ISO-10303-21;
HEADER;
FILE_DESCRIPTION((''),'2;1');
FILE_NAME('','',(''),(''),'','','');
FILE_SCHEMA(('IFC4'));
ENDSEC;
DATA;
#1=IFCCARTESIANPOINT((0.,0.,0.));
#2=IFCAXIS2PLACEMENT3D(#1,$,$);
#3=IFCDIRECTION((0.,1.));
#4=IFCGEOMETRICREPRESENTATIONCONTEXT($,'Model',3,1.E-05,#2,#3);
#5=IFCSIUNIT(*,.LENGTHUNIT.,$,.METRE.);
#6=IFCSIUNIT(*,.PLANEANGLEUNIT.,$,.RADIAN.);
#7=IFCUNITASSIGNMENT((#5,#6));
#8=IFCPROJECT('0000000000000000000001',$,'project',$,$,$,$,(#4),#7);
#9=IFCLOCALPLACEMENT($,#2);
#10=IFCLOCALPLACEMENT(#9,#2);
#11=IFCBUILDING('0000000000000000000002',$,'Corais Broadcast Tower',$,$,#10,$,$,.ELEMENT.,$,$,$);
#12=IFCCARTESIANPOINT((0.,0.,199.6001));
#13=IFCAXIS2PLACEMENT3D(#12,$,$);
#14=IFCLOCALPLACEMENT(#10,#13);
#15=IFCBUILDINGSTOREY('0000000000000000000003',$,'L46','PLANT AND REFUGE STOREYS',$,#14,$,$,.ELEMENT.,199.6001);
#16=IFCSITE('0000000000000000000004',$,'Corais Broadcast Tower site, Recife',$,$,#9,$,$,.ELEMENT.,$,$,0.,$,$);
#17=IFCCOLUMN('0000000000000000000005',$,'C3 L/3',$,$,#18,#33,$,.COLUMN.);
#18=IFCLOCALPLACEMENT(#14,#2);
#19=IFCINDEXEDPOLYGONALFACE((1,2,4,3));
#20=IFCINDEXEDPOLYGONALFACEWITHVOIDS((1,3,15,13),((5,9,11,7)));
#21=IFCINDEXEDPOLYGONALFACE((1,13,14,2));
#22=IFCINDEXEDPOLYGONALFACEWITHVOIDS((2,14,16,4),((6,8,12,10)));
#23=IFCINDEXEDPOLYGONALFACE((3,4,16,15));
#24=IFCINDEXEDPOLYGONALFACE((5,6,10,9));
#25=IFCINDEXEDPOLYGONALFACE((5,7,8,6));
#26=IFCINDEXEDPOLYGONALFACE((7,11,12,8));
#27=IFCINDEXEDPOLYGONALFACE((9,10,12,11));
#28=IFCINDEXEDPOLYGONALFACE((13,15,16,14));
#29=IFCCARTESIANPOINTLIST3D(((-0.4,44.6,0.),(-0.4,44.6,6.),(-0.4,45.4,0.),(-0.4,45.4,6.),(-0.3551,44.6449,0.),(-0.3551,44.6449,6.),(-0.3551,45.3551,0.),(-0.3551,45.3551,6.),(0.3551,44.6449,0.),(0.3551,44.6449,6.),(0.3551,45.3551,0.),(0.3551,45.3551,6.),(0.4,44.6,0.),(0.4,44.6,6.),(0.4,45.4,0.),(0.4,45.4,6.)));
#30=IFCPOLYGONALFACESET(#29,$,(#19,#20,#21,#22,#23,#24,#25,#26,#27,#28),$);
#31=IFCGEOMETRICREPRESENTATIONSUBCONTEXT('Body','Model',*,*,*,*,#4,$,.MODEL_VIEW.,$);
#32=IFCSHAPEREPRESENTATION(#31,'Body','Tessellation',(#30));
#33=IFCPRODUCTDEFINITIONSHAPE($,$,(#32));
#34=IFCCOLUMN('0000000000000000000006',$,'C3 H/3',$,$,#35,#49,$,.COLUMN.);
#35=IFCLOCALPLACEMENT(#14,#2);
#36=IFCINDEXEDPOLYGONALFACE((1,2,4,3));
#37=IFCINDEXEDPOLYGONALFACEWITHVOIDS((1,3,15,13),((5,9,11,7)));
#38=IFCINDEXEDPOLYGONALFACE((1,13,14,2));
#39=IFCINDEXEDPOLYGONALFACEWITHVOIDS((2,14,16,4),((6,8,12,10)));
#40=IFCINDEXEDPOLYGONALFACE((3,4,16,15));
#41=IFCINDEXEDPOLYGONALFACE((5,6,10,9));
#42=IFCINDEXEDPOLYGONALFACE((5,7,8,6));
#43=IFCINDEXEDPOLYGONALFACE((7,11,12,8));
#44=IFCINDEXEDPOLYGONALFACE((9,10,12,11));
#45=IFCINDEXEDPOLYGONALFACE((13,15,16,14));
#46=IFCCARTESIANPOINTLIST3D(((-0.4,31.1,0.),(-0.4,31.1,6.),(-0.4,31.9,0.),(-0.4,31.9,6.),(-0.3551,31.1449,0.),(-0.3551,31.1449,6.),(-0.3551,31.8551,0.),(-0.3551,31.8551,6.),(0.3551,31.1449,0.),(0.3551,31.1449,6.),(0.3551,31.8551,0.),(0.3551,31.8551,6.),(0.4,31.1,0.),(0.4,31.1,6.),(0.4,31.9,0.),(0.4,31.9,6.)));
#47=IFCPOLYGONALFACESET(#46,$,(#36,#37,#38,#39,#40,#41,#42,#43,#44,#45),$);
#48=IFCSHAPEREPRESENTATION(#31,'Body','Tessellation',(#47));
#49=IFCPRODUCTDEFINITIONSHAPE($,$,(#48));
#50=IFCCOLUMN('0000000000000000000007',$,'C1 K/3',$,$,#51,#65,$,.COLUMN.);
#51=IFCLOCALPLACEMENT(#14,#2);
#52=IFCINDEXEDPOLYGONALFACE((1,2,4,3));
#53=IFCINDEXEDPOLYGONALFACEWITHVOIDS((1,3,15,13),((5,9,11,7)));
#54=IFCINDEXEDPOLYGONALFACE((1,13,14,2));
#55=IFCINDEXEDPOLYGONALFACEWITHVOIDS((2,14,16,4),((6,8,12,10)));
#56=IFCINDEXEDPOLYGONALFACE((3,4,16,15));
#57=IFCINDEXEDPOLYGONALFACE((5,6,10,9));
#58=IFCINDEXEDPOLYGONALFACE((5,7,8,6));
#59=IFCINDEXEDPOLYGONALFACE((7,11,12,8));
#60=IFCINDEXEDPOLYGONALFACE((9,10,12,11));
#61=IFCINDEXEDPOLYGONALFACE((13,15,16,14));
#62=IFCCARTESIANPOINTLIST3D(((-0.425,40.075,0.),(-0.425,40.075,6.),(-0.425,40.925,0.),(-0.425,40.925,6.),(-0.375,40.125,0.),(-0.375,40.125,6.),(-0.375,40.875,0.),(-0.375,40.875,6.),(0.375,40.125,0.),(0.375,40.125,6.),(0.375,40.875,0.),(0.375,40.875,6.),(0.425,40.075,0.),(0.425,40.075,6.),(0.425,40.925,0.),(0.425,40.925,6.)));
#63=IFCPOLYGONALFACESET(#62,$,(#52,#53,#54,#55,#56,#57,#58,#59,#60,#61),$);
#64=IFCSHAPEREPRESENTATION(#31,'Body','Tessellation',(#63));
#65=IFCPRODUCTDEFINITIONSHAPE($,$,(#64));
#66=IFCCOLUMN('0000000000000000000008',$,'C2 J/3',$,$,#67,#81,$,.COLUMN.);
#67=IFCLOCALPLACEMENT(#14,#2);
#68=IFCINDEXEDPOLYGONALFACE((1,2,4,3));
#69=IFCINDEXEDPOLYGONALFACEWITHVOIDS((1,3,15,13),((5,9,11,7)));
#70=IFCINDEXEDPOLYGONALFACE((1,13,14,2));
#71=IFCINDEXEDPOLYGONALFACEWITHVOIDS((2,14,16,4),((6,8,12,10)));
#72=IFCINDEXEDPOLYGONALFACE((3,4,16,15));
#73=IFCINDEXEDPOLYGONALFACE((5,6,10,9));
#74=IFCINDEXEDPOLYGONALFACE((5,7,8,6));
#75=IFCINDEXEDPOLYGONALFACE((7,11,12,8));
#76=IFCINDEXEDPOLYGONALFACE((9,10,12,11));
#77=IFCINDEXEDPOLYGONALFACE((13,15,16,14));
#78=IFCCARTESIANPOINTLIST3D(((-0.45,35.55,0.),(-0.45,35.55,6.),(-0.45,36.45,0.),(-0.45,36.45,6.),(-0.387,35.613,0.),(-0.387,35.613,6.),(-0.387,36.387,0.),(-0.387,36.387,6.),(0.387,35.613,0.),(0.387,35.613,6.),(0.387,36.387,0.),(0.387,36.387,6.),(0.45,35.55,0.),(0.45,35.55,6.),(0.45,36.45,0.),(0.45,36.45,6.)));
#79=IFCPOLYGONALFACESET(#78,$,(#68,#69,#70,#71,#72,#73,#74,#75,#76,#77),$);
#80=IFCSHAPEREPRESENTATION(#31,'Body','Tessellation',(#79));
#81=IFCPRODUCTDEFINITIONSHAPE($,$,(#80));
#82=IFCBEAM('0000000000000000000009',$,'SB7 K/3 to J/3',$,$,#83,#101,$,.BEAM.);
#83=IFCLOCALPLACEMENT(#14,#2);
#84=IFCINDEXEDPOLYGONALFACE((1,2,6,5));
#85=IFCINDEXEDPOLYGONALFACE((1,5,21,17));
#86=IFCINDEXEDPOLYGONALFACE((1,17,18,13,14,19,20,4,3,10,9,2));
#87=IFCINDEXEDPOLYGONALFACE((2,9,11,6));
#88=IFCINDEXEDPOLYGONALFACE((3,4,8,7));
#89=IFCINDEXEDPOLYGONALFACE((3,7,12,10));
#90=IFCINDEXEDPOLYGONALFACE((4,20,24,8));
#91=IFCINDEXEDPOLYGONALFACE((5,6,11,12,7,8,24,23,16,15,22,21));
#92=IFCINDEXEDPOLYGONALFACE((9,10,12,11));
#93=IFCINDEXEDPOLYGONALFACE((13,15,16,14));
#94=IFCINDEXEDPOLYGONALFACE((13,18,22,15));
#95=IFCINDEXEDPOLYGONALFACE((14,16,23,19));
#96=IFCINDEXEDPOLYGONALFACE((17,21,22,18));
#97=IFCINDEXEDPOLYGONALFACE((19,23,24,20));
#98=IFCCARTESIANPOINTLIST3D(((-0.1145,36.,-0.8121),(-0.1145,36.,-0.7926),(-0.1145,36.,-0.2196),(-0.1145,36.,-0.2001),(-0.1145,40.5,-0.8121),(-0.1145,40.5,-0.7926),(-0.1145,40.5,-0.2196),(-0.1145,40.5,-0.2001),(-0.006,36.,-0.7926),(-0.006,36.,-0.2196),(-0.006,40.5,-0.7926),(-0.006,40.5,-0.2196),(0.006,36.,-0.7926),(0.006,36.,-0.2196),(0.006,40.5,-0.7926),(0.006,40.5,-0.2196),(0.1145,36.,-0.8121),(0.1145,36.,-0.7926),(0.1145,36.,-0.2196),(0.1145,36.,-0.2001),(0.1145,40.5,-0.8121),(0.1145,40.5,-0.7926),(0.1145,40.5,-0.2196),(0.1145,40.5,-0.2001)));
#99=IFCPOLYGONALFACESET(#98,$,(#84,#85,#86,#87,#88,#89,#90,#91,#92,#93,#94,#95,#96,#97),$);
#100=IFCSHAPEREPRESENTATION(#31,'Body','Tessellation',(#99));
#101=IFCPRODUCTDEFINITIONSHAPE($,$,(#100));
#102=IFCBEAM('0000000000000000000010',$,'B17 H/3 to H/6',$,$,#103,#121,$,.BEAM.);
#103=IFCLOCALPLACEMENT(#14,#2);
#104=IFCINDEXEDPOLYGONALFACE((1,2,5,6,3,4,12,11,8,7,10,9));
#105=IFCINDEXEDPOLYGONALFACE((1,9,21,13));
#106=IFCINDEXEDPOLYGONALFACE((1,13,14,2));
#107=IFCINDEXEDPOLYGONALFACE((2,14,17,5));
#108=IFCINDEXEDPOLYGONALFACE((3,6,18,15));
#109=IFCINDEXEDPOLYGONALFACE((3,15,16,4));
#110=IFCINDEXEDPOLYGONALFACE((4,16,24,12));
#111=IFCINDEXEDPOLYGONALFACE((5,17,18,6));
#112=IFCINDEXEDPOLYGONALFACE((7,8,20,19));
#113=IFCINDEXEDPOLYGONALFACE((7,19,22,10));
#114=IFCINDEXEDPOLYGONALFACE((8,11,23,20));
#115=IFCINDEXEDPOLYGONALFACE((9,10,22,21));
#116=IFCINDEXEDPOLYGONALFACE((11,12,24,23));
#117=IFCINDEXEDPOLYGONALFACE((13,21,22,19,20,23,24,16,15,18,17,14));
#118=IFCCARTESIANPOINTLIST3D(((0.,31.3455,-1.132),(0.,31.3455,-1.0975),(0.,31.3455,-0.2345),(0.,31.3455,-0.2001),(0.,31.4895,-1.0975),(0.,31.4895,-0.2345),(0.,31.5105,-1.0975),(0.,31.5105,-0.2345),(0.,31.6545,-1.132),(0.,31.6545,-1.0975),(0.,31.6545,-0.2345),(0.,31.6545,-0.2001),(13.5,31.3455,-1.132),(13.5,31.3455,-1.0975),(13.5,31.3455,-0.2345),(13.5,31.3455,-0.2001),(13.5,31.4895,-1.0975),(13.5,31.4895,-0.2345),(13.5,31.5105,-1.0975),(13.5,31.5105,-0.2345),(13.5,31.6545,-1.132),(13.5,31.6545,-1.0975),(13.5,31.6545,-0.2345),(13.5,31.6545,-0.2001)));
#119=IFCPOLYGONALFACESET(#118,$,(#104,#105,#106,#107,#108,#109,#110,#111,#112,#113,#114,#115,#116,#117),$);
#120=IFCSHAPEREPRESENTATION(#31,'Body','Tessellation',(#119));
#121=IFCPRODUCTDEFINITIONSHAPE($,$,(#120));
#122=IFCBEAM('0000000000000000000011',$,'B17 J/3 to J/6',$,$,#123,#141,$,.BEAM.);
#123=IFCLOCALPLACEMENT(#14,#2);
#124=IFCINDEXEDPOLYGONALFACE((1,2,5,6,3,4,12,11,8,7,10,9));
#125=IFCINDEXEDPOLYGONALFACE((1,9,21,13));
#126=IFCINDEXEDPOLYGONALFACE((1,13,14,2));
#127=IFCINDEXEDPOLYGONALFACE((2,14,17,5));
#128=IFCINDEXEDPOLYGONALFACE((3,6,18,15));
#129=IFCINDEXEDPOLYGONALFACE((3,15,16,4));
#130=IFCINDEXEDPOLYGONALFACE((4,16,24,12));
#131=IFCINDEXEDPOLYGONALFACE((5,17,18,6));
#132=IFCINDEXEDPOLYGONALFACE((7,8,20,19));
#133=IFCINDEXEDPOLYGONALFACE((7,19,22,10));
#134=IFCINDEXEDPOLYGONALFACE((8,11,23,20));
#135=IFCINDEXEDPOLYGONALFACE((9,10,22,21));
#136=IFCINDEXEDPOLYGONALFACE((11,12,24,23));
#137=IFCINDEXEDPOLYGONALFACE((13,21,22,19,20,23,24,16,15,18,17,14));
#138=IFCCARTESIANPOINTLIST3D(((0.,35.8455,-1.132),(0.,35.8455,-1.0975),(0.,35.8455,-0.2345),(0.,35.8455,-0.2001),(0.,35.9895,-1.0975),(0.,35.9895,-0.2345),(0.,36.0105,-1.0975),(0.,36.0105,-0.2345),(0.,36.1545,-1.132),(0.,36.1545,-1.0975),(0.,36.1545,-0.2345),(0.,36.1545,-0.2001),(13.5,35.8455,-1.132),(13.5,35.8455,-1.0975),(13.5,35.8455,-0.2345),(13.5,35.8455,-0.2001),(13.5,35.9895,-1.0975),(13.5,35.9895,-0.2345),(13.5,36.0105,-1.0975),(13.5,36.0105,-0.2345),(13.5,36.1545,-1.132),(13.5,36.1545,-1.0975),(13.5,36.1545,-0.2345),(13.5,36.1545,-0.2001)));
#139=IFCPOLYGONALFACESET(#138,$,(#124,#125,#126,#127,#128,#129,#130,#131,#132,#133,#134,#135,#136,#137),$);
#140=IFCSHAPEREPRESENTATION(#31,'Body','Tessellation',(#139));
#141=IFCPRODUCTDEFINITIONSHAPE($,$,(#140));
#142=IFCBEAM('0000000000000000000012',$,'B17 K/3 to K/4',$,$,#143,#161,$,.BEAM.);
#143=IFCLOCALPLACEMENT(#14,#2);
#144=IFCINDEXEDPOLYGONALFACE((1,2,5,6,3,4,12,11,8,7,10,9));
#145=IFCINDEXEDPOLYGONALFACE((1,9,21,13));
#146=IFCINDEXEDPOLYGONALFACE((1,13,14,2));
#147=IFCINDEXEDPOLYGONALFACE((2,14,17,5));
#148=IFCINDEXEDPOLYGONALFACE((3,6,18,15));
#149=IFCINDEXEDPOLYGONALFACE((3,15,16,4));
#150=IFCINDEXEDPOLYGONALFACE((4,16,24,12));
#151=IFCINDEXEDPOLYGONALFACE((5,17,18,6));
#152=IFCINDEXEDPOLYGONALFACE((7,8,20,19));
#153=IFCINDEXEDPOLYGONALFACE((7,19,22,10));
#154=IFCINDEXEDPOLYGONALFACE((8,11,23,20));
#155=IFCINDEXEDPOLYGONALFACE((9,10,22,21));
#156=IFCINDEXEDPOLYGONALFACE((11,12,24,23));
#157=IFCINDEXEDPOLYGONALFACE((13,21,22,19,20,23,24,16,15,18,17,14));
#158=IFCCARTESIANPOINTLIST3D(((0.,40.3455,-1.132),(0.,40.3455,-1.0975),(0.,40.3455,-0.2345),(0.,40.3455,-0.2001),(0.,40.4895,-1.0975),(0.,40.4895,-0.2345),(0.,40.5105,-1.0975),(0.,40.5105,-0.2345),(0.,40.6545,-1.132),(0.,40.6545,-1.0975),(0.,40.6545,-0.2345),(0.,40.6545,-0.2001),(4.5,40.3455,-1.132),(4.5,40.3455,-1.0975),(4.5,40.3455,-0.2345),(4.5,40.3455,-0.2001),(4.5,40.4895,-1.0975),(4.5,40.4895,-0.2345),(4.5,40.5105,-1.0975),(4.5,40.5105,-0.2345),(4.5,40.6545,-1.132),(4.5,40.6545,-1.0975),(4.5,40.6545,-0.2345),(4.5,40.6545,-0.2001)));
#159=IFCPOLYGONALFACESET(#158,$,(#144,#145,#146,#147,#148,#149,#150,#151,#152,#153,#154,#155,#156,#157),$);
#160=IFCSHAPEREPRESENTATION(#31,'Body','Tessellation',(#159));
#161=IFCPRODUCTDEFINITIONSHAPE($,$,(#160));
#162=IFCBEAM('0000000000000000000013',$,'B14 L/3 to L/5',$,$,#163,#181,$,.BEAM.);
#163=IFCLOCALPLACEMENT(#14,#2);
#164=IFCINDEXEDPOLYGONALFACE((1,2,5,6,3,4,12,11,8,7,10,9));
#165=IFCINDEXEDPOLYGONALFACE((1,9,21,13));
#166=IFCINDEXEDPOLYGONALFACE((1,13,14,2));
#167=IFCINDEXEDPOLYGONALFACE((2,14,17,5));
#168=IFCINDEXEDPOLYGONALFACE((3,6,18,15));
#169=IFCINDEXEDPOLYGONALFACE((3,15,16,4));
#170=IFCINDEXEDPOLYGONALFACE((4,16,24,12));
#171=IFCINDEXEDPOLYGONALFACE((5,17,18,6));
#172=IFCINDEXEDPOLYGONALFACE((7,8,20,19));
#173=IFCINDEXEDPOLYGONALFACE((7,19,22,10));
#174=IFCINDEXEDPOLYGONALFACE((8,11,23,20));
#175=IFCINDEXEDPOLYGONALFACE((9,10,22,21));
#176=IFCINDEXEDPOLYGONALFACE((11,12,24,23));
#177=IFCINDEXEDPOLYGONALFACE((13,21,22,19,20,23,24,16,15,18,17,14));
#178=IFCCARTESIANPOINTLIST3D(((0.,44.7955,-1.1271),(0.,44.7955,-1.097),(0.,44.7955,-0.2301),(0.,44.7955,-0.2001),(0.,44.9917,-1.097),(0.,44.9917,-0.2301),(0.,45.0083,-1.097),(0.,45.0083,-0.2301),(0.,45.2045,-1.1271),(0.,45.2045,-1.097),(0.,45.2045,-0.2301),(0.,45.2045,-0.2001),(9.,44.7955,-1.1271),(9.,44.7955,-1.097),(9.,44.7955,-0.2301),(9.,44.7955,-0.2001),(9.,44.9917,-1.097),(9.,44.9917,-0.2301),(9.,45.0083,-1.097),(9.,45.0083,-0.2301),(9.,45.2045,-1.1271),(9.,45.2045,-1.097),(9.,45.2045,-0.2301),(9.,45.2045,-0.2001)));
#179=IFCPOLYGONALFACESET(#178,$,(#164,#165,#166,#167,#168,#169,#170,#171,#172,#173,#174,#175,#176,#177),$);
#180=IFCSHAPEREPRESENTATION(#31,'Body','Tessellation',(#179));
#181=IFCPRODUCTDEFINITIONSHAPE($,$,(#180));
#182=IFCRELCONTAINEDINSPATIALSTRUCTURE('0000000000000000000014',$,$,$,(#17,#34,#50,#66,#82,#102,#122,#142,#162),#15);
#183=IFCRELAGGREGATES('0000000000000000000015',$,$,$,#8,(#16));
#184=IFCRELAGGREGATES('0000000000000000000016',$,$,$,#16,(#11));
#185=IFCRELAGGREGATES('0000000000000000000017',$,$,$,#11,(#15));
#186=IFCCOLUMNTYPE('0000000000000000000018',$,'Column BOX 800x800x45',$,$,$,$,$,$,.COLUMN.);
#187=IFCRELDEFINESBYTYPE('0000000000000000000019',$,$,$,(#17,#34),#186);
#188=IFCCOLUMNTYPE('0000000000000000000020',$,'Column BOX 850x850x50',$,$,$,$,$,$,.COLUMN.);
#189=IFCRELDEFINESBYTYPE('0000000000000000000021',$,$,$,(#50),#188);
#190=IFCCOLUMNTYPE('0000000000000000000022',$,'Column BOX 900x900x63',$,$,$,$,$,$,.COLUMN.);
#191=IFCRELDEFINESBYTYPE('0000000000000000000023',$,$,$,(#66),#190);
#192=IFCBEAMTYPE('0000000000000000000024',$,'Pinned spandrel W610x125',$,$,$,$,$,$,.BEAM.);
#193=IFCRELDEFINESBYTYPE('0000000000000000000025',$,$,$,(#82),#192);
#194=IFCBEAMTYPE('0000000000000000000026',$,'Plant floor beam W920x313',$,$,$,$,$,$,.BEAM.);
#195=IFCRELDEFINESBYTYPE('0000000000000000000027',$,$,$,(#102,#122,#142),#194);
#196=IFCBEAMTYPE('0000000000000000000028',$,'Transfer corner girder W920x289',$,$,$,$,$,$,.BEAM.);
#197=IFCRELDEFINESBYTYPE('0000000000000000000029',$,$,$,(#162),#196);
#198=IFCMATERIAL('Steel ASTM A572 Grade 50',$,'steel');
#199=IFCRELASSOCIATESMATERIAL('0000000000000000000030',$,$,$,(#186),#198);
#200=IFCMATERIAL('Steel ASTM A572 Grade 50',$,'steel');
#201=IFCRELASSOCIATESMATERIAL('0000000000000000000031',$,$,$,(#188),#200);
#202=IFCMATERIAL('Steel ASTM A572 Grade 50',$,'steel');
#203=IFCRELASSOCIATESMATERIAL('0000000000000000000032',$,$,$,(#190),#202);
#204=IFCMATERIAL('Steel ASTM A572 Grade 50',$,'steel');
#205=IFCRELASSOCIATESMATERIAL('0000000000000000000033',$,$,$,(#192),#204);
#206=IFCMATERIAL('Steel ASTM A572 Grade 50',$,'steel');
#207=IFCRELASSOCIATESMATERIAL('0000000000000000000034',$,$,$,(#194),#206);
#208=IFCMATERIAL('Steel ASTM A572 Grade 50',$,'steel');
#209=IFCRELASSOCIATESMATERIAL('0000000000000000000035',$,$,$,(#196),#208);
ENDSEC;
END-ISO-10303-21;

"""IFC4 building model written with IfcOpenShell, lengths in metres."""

from ifc_helpers import new_model, si_unit, direction, frame, origin, origin_2d, place, context, subcontext, project, spatial, hollow_rectangle, i_section, extrude, material, material_profile, profile_set, type_object, element, save


model = new_model("IFC4")

# Units and contexts
model_context = context("Model", 3, precision=1e-05, world=origin(), true_north=direction((0.0, 1.0)))
body_context = subcontext(model_context, "Body", "Model", "MODEL_VIEW")
ifc_project = project(units=[si_unit("LENGTHUNIT", "METRE"), si_unit("PLANEANGLEUNIT", "RADIAN")], contexts=[model_context])

# Site, building, storey
site_placement = place(None, origin())
site = spatial("IfcSite", under=ifc_project, at=site_placement, Name="Corais Broadcast Tower site, Recife", CompositionType="ELEMENT", RefElevation=0.0)
building_placement = place(site_placement, origin())
building = spatial("IfcBuilding", under=site, at=building_placement, Name="Corais Broadcast Tower", CompositionType="ELEMENT")
storey_placement = place(building_placement, frame((0.0, 0.0, 199.6001)))
storey = spatial("IfcBuildingStorey", under=building, at=storey_placement, Name="L46", Description="PLANT AND REFUGE STOREYS", CompositionType="ELEMENT", Elevation=199.6001)

# Columns
ifc_material_1 = material(Name="Steel ASTM A572 Grade 50", Category="steel")
ifc_material_profile_1 = material_profile(ifc_material_1, hollow_rectangle(XDim=0.8, YDim=0.8, WallThickness=0.0449, at=origin_2d()), Name="BOX 800x800x45")
ifc_profile_set_1 = profile_set([ifc_material_profile_1], Name="Steel ASTM A572 Grade 50")
column_type_1 = type_object("IfcColumnType", Name="Column BOX 800x800x45", PredefinedType="COLUMN", material=ifc_profile_set_1)
for number, where, z_axis, x_axis, name in (
    (1, (0.0, 45.0, 0.0), (0.0, 0.0, 1.0), (1.0, 0.0, 0.0), "C3 L/3"),
    (2, (0.0, 31.5, 0.0), (0.0, 0.0, 1.0), (1.0, 0.0, 0.0), "C3 H/3"),
):
    element("IfcColumn", number, at=place(storey_placement, frame(where, z_axis=z_axis, x_axis=x_axis)), inside=storey, type_object=column_type_1, Name=name, PredefinedType="COLUMN", context=body_context, shape_type="SweptSolid", body=[
        extrude(hollow_rectangle(XDim=0.8, YDim=0.8, WallThickness=0.0449, at=origin_2d()), origin(), (0.0, 0.0, 1.0), 6.0),
    ])
ifc_material_2 = material(Name="Steel ASTM A572 Grade 50", Category="steel")
ifc_material_profile_2 = material_profile(ifc_material_2, hollow_rectangle(XDim=0.8501, YDim=0.8501, WallThickness=0.05, at=origin_2d()), Name="BOX 850x850x50")
ifc_profile_set_2 = profile_set([ifc_material_profile_2], Name="Steel ASTM A572 Grade 50")
column_type_2 = type_object("IfcColumnType", Name="Column BOX 850x850x50", PredefinedType="COLUMN", material=ifc_profile_set_2)
column_1_placement = place(storey_placement, frame((0.0, 40.5, 0.0), z_axis=(0.0, 0.0, 1.0), x_axis=(1.0, 0.0, 0.0)))
element("IfcColumn", 3, at=column_1_placement, inside=storey, type_object=column_type_2, Name="C1 K/3", PredefinedType="COLUMN", context=body_context, shape_type="SweptSolid", body=[
    extrude(hollow_rectangle(XDim=0.8501, YDim=0.8501, WallThickness=0.05, at=origin_2d()), origin(), (0.0, 0.0, 1.0), 6.0),
])
ifc_material_3 = material(Name="Steel ASTM A572 Grade 50", Category="steel")
ifc_material_profile_3 = material_profile(ifc_material_3, hollow_rectangle(XDim=0.8999, YDim=0.8999, WallThickness=0.063, at=origin_2d()), Name="BOX 900x900x63")
ifc_profile_set_3 = profile_set([ifc_material_profile_3], Name="Steel ASTM A572 Grade 50")
column_type_3 = type_object("IfcColumnType", Name="Column BOX 900x900x63", PredefinedType="COLUMN", material=ifc_profile_set_3)
column_2_placement = place(storey_placement, frame((0.0, 36.0, 0.0), z_axis=(0.0, 0.0, 1.0), x_axis=(1.0, 0.0, 0.0)))
element("IfcColumn", 4, at=column_2_placement, inside=storey, type_object=column_type_3, Name="C2 J/3", PredefinedType="COLUMN", context=body_context, shape_type="SweptSolid", body=[
    extrude(hollow_rectangle(XDim=0.8999, YDim=0.8999, WallThickness=0.063, at=origin_2d()), origin(), (0.0, 0.0, 1.0), 6.0),
])

# Beams
ifc_material_4 = material(Name="Steel ASTM A572 Grade 50", Category="steel")
ifc_material_profile_4 = material_profile(ifc_material_4, i_section(OverallWidth=0.229, OverallDepth=0.6121, WebThickness=0.012, FlangeThickness=0.0195, at=origin_2d()), Name="W610x125")
ifc_profile_set_4 = profile_set([ifc_material_profile_4], Name="Steel ASTM A572 Grade 50")
beam_type_1 = type_object("IfcBeamType", Name="Pinned spandrel W610x125", PredefinedType="BEAM", material=ifc_profile_set_4)
beam_1_placement = place(storey_placement, frame((0.0, 40.5, -0.5061), z_axis=(0.0, -1.0, 0.0), x_axis=(1.0, 0.0, 0.0)))
element("IfcBeam", 5, at=beam_1_placement, inside=storey, type_object=beam_type_1, Name="SB7 K/3 to J/3", PredefinedType="BEAM", context=body_context, shape_type="SweptSolid", body=[
    extrude(i_section(OverallWidth=0.229, OverallDepth=0.6121, WebThickness=0.012, FlangeThickness=0.0195, at=origin_2d()), origin(), (0.0, 0.0, 1.0), 4.5),
])
ifc_material_5 = material(Name="Steel ASTM A572 Grade 50", Category="steel")
ifc_material_profile_5 = material_profile(ifc_material_5, i_section(OverallWidth=0.3091, OverallDepth=0.9319, WebThickness=0.021, FlangeThickness=0.0344, at=origin_2d()), Name="W920x313")
ifc_profile_set_5 = profile_set([ifc_material_profile_5], Name="Steel ASTM A572 Grade 50")
beam_type_2 = type_object("IfcBeamType", Name="Plant floor beam W920x313", PredefinedType="BEAM", material=ifc_profile_set_5)
for number, where, z_axis, x_axis, name in (
    (6, (0.0, 31.5, -0.666), (1.0, 0.0, 0.0), (0.0, 1.0, 0.0), "B17 H/3 to H/6"),
    (7, (0.0, 36.0, -0.666), (1.0, 0.0, 0.0), (0.0, 1.0, 0.0), "B17 J/3 to J/6"),
):
    element("IfcBeam", number, at=place(storey_placement, frame(where, z_axis=z_axis, x_axis=x_axis)), inside=storey, type_object=beam_type_2, Name=name, PredefinedType="BEAM", context=body_context, shape_type="SweptSolid", body=[
        extrude(i_section(OverallWidth=0.3091, OverallDepth=0.9319, WebThickness=0.021, FlangeThickness=0.0344, at=origin_2d()), origin(), (0.0, 0.0, 1.0), 13.5),
    ])
beam_2_placement = place(storey_placement, frame((0.0, 40.5, -0.666), z_axis=(1.0, 0.0, 0.0), x_axis=(0.0, 1.0, 0.0)))
element("IfcBeam", 8, at=beam_2_placement, inside=storey, type_object=beam_type_2, Name="B17 K/3 to K/4", PredefinedType="BEAM", context=body_context, shape_type="SweptSolid", body=[
    extrude(i_section(OverallWidth=0.3091, OverallDepth=0.9319, WebThickness=0.021, FlangeThickness=0.0344, at=origin_2d()), origin(), (0.0, 0.0, 1.0), 4.5),
])
ifc_material_6 = material(Name="Steel ASTM A572 Grade 50", Category="steel")
ifc_material_profile_6 = material_profile(ifc_material_6, i_section(OverallWidth=0.4089, OverallDepth=0.927, WebThickness=0.0166, FlangeThickness=0.03, at=origin_2d()), Name="W920x289")
ifc_profile_set_6 = profile_set([ifc_material_profile_6], Name="Steel ASTM A572 Grade 50")
beam_type_3 = type_object("IfcBeamType", Name="Transfer corner girder W920x289", PredefinedType="BEAM", material=ifc_profile_set_6)
beam_3_placement = place(storey_placement, frame((0.0, 45.0, -0.6636), z_axis=(1.0, 0.0, 0.0), x_axis=(0.0, 1.0, 0.0)))
element("IfcBeam", 9, at=beam_3_placement, inside=storey, type_object=beam_type_3, Name="B14 L/3 to L/5", PredefinedType="BEAM", context=body_context, shape_type="SweptSolid", body=[
    extrude(i_section(OverallWidth=0.4089, OverallDepth=0.927, WebThickness=0.0166, FlangeThickness=0.03, at=origin_2d()), origin(), (0.0, 0.0, 1.0), 9.0),
])

save(model, "model.ifc")
